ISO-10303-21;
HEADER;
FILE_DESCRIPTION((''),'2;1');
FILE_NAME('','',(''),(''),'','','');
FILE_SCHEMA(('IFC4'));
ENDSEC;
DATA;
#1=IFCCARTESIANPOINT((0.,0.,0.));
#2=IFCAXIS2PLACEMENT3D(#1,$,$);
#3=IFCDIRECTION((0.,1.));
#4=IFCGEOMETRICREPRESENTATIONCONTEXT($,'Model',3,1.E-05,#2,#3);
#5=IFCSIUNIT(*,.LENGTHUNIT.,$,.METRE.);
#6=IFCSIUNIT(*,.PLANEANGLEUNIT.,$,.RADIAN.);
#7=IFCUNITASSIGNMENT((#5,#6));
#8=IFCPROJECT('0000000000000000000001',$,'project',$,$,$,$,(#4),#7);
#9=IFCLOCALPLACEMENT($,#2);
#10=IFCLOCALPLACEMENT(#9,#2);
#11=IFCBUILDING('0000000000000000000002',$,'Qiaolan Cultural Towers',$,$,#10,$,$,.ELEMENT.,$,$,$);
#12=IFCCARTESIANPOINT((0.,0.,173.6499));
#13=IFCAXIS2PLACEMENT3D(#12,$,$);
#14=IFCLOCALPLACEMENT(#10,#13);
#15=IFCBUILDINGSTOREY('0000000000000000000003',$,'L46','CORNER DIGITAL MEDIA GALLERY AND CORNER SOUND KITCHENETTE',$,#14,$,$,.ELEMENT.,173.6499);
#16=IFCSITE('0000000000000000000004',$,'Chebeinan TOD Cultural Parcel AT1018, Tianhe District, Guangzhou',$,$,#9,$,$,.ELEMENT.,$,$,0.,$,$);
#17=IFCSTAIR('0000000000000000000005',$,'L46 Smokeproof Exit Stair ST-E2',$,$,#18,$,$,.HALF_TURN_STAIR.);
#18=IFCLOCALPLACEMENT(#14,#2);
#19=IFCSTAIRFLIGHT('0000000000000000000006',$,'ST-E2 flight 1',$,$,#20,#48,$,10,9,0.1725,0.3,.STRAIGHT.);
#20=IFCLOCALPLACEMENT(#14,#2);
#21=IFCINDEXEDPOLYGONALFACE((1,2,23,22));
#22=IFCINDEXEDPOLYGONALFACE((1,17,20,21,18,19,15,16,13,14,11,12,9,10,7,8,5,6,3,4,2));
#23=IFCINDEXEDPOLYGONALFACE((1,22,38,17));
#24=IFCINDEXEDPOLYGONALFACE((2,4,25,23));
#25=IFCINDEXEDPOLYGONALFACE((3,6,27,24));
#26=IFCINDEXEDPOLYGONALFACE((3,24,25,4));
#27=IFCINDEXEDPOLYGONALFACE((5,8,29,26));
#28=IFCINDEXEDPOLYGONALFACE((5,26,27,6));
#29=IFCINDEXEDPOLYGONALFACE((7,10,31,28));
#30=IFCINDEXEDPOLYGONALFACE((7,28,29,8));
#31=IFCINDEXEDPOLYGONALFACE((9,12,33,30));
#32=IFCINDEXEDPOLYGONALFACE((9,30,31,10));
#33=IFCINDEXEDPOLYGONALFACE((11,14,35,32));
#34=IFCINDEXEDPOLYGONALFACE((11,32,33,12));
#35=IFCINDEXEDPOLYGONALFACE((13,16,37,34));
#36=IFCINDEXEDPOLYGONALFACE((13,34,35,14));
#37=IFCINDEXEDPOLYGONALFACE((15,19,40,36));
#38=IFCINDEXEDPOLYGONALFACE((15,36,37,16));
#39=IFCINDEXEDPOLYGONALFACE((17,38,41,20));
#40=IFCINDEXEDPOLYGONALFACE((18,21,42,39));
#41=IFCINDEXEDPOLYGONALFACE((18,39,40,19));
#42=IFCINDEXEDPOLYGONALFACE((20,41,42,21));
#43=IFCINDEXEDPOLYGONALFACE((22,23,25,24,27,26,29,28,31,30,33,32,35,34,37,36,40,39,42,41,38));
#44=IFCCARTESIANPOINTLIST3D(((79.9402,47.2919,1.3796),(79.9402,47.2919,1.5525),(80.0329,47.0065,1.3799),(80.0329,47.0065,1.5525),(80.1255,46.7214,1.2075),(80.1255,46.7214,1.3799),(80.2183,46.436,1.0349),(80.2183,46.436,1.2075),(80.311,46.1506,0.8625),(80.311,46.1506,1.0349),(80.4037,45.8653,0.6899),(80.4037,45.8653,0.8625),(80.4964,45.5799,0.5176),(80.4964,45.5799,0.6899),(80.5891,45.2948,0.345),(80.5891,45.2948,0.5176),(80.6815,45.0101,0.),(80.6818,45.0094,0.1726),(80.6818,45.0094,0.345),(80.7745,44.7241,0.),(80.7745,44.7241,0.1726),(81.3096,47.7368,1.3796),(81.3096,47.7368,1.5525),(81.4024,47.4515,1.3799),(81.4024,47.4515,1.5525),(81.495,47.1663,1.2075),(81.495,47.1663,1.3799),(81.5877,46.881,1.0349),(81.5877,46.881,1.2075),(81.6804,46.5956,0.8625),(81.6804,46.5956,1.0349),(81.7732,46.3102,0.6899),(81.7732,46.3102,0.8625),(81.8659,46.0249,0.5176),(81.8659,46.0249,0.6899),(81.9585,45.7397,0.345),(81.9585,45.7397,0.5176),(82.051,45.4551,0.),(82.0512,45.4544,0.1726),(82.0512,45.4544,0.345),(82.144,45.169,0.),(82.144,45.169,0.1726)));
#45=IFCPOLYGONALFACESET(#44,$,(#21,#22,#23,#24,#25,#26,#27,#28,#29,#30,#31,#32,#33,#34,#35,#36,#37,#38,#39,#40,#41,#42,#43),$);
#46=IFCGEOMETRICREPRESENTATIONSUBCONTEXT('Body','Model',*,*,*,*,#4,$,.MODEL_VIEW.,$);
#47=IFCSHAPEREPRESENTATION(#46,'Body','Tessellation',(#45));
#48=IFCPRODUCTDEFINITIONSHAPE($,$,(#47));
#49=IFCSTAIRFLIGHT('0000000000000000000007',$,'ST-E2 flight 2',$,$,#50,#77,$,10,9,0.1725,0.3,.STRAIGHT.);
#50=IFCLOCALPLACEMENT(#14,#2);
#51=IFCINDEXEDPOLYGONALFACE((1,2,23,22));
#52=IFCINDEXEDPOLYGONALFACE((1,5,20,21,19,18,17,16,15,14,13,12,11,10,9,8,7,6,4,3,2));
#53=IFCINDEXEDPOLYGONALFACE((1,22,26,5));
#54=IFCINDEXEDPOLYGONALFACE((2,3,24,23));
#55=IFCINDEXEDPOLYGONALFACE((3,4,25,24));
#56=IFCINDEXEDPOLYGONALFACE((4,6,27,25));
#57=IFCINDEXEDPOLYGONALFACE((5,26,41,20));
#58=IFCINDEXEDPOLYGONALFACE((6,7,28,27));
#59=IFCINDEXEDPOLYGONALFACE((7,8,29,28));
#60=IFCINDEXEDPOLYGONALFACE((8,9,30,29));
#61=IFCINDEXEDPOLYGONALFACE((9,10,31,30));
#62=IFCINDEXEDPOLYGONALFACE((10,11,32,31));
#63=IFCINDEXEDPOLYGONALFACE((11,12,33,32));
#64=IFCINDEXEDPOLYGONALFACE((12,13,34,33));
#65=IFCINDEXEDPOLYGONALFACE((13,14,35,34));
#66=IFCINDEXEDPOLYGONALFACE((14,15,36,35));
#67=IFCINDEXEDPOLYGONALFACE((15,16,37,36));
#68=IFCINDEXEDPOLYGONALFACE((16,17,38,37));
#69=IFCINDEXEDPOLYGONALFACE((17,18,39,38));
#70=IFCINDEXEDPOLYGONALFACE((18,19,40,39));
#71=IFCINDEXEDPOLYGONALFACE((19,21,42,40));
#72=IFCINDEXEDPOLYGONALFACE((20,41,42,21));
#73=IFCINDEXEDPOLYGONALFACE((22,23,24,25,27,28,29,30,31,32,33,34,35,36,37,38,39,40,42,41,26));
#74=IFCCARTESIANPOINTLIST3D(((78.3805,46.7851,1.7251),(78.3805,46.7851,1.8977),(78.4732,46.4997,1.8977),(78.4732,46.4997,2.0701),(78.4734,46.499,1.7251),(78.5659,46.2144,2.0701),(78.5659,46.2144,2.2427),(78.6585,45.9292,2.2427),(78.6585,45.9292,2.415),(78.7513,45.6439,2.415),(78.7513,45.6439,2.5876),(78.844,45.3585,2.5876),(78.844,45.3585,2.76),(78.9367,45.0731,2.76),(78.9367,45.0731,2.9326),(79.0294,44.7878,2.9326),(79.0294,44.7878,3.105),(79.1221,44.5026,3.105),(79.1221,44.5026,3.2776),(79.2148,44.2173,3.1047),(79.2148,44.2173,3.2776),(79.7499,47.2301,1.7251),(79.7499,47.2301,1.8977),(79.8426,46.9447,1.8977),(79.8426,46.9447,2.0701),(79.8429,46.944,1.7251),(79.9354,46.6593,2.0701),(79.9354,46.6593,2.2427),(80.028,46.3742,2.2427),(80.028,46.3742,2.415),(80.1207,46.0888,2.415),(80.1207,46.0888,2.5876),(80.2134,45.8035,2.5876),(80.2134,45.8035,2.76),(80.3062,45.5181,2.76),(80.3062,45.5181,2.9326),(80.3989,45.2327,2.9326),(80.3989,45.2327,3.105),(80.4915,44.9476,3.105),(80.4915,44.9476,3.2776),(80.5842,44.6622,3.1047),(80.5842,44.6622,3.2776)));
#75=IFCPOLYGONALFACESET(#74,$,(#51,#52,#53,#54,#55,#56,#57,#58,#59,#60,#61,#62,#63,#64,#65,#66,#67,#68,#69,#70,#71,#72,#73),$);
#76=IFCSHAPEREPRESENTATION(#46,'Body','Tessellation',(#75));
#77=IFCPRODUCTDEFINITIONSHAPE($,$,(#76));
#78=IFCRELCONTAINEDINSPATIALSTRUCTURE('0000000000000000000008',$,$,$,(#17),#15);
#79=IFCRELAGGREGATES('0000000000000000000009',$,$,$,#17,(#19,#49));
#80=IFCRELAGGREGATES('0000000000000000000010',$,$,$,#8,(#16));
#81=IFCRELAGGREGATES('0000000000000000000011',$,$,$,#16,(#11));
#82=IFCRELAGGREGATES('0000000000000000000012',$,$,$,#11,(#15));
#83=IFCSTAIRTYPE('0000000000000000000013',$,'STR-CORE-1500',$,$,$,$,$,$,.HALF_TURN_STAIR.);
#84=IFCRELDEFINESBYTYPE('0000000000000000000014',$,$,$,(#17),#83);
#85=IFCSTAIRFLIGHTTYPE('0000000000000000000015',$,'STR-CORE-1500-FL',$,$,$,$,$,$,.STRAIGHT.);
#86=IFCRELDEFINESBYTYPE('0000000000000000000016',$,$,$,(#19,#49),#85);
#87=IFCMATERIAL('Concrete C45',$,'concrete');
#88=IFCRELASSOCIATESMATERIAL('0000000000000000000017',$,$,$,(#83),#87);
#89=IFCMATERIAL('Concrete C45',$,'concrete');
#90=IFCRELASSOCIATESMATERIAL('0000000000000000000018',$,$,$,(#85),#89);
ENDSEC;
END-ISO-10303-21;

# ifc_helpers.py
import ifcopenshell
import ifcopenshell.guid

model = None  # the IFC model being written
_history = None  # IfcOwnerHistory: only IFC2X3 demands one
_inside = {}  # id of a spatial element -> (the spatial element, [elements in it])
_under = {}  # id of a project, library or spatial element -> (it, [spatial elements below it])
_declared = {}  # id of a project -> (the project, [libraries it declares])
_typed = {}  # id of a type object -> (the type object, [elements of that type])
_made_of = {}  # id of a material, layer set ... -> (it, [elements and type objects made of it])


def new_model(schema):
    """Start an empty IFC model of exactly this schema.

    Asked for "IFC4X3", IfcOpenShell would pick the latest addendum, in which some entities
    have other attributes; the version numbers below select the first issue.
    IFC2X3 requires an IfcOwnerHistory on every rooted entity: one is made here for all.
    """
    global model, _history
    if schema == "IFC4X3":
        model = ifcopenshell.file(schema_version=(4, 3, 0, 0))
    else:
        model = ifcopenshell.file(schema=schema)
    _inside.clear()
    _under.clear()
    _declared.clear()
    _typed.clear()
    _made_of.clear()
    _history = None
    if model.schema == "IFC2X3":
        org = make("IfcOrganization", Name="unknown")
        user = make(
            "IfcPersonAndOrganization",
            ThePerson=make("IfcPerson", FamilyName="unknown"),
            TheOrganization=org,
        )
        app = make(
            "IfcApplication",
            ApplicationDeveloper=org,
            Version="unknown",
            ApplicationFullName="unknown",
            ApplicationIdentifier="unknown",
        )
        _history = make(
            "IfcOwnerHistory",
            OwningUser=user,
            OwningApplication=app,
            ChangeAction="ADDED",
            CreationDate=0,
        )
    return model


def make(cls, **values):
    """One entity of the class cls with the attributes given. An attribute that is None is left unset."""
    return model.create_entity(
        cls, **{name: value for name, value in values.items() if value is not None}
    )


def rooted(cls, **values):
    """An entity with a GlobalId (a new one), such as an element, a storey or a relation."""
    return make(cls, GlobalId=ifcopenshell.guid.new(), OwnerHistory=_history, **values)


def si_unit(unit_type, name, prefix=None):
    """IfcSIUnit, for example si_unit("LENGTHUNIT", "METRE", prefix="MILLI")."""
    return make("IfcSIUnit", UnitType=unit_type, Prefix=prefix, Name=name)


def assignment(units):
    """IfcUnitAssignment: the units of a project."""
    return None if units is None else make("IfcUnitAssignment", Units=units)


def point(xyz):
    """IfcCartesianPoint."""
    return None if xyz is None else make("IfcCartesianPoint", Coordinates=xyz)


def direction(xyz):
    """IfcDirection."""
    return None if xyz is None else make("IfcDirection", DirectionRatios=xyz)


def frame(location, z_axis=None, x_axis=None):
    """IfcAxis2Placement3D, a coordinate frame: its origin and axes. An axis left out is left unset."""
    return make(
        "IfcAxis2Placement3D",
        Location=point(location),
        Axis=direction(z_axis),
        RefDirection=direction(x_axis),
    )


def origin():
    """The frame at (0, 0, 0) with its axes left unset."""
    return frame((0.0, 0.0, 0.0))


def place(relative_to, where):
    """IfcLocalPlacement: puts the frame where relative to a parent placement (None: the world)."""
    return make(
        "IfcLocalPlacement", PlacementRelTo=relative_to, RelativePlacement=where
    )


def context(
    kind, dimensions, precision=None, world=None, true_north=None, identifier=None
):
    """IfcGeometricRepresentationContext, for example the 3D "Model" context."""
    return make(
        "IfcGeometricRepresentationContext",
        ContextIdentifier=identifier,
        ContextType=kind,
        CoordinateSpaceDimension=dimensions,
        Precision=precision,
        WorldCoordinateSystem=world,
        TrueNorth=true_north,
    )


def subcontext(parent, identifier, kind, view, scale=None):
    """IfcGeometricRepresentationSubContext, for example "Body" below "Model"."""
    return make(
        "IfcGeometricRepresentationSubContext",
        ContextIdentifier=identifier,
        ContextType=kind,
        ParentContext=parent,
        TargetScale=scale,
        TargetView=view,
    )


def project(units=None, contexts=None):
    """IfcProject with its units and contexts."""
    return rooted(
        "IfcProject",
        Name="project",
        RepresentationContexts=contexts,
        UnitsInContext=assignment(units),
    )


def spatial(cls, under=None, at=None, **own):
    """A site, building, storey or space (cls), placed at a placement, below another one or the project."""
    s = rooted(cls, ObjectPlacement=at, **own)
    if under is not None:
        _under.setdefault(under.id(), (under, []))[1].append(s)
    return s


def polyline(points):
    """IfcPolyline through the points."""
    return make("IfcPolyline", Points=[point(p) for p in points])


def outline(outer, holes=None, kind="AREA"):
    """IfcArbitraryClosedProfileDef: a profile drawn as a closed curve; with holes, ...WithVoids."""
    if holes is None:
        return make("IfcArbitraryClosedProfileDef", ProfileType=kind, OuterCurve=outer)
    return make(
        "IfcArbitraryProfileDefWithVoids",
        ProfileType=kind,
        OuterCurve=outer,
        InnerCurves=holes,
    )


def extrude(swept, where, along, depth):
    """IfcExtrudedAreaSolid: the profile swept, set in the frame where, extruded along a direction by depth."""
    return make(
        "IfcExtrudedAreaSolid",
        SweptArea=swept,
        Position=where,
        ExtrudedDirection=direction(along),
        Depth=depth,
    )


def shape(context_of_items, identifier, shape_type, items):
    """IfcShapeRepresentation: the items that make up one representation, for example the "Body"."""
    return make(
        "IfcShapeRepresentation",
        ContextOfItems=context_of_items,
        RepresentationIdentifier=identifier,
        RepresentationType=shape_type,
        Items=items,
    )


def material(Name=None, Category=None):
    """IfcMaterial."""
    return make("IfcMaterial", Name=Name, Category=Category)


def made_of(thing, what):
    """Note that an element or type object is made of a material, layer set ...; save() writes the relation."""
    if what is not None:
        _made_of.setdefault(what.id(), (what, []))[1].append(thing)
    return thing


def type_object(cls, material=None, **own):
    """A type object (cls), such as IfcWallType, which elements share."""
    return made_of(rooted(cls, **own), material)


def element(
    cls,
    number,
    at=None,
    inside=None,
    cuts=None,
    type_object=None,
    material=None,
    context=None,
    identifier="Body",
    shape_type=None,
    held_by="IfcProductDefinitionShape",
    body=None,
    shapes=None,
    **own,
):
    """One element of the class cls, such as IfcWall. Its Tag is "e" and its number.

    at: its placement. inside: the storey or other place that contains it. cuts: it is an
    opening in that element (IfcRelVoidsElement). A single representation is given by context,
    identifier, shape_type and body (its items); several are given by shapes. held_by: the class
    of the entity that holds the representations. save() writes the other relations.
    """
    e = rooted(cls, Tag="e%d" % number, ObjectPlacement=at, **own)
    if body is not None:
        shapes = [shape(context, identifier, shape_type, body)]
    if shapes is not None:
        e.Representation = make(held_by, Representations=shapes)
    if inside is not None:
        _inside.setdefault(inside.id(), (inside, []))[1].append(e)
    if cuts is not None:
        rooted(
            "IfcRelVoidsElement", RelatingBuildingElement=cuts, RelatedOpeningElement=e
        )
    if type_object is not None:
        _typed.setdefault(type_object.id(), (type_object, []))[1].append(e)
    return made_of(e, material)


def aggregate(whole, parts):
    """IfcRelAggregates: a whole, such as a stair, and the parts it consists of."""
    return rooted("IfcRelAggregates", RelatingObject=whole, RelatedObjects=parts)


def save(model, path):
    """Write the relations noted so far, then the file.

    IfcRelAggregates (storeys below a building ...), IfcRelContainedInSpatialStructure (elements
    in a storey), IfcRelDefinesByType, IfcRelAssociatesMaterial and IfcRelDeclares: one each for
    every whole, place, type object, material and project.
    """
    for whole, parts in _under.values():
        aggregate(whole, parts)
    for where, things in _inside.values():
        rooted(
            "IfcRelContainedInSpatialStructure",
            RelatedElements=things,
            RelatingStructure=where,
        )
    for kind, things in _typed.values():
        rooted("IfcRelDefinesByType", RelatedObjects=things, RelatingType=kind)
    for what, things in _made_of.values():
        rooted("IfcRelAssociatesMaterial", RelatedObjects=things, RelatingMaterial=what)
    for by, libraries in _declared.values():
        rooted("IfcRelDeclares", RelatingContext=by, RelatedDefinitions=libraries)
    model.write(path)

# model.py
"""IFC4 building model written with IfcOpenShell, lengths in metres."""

from ifc_helpers import new_model, si_unit, direction, frame, origin, place, context, subcontext, project, spatial, polyline, outline, extrude, material, type_object, element, aggregate, save


model = new_model("IFC4")

# Units and contexts
model_context = context("Model", 3, precision=1e-05, world=origin(), true_north=direction((0.0, 1.0)))
body_context = subcontext(model_context, "Body", "Model", "MODEL_VIEW")
ifc_project = project(units=[si_unit("LENGTHUNIT", "METRE"), si_unit("PLANEANGLEUNIT", "RADIAN")], contexts=[model_context])

# Site, building, storey
site_placement = place(None, origin())
site = spatial("IfcSite", under=ifc_project, at=site_placement, Name="Chebeinan TOD Cultural Parcel AT1018, Tianhe District, Guangzhou", CompositionType="ELEMENT", RefElevation=0.0)
building_placement = place(site_placement, origin())
building = spatial("IfcBuilding", under=site, at=building_placement, Name="Qiaolan Cultural Towers", CompositionType="ELEMENT")
storey_placement = place(building_placement, frame((0.0, 0.0, 173.6499)))
storey = spatial("IfcBuildingStorey", under=building, at=storey_placement, Name="L46", Description="CORNER DIGITAL MEDIA GALLERY AND CORNER SOUND KITCHENETTE", CompositionType="ELEMENT", Elevation=173.6499)

# Stair, stair flights
ifc_material_1 = material(Name="Concrete C45", Category="concrete")
stair_type = type_object("IfcStairType", Name="STR-CORE-1500", PredefinedType="HALF_TURN_STAIR", material=ifc_material_1)
stair_placement = place(storey_placement, origin())
stair = element("IfcStair", 1, at=stair_placement, inside=storey, type_object=stair_type, Name="L46 Smokeproof Exit Stair ST-E2", PredefinedType="HALF_TURN_STAIR")
ifc_material_2 = material(Name="Concrete C45", Category="concrete")
stair_flight_type = type_object("IfcStairFlightType", Name="STR-CORE-1500-FL", PredefinedType="STRAIGHT", material=ifc_material_2)
stair_flight_1_placement = place(storey_placement, frame((81.4592, 44.9465, 0.0), z_axis=(0.0, 0.0, 1.0), x_axis=(-0.309017, 0.951057, 0.0)))
stair_flight_1 = element("IfcStairFlight", 2, at=stair_flight_1_placement, type_object=stair_flight_type, Name="ST-E2 flight 1", NumberOfRisers=10, NumberOfTreads=9, PredefinedType="STRAIGHT", RiserHeight=0.1725, TreadLength=0.3, context=body_context, shape_type="SweptSolid", body=[
    extrude(outline(polyline([(0.0, 0.0), (0.0, 0.1726), (0.3, 0.1726), (0.3, 0.345), (0.6001, 0.345), (0.6001, 0.5176), (0.8999, 0.5176), (0.8999, 0.6899), (1.2, 0.6899), (1.2, 0.8625), (1.5, 0.8625), (1.5, 1.0349), (1.8, 1.0349), (1.8, 1.2075), (2.1001, 1.2075), (2.1001, 1.3799), (2.3999, 1.3799), (2.3999, 1.5525), (2.7, 1.5525), (2.7, 1.7251), (2.7, 1.3796), (0.3008, 0.0), (0.0, 0.0)])), frame((0.0, 0.72, 0.0), z_axis=(0.0, -1.0, 0.0), x_axis=(1.0, 0.0, 0.0)), (0.0, 0.0, 1.0), 1.4399),
])
stair_flight_2_placement = place(storey_placement, frame((79.0652, 47.0076, 1.7251), z_axis=(0.0, 0.0, 1.0), x_axis=(0.309017, -0.951057, 0.0)))
stair_flight_2 = element("IfcStairFlight", 3, at=stair_flight_2_placement, type_object=stair_flight_type, Name="ST-E2 flight 2", NumberOfRisers=10, NumberOfTreads=9, PredefinedType="STRAIGHT", RiserHeight=0.1725, TreadLength=0.3, context=body_context, shape_type="SweptSolid", body=[
    extrude(outline(polyline([(0.0, 0.0), (0.0, 0.1726), (0.3, 0.1726), (0.3, 0.345), (0.6001, 0.345), (0.6001, 0.5176), (0.8999, 0.5176), (0.8999, 0.6899), (1.2, 0.6899), (1.2, 0.8625), (1.5, 0.8625), (1.5, 1.0349), (1.8, 1.0349), (1.8, 1.2075), (2.1001, 1.2075), (2.1001, 1.3799), (2.3999, 1.3799), (2.3999, 1.5525), (2.7, 1.5525), (2.7, 1.7251), (2.7, 1.3796), (0.3008, 0.0), (0.0, 0.0)])), frame((0.0, 0.72, 0.0), z_axis=(0.0, -1.0, 0.0), x_axis=(1.0, 0.0, 0.0)), (0.0, 0.0, 1.0), 1.4399),
])
aggregate(stair, [stair_flight_1, stair_flight_2])

save(model, "model.ifc")
